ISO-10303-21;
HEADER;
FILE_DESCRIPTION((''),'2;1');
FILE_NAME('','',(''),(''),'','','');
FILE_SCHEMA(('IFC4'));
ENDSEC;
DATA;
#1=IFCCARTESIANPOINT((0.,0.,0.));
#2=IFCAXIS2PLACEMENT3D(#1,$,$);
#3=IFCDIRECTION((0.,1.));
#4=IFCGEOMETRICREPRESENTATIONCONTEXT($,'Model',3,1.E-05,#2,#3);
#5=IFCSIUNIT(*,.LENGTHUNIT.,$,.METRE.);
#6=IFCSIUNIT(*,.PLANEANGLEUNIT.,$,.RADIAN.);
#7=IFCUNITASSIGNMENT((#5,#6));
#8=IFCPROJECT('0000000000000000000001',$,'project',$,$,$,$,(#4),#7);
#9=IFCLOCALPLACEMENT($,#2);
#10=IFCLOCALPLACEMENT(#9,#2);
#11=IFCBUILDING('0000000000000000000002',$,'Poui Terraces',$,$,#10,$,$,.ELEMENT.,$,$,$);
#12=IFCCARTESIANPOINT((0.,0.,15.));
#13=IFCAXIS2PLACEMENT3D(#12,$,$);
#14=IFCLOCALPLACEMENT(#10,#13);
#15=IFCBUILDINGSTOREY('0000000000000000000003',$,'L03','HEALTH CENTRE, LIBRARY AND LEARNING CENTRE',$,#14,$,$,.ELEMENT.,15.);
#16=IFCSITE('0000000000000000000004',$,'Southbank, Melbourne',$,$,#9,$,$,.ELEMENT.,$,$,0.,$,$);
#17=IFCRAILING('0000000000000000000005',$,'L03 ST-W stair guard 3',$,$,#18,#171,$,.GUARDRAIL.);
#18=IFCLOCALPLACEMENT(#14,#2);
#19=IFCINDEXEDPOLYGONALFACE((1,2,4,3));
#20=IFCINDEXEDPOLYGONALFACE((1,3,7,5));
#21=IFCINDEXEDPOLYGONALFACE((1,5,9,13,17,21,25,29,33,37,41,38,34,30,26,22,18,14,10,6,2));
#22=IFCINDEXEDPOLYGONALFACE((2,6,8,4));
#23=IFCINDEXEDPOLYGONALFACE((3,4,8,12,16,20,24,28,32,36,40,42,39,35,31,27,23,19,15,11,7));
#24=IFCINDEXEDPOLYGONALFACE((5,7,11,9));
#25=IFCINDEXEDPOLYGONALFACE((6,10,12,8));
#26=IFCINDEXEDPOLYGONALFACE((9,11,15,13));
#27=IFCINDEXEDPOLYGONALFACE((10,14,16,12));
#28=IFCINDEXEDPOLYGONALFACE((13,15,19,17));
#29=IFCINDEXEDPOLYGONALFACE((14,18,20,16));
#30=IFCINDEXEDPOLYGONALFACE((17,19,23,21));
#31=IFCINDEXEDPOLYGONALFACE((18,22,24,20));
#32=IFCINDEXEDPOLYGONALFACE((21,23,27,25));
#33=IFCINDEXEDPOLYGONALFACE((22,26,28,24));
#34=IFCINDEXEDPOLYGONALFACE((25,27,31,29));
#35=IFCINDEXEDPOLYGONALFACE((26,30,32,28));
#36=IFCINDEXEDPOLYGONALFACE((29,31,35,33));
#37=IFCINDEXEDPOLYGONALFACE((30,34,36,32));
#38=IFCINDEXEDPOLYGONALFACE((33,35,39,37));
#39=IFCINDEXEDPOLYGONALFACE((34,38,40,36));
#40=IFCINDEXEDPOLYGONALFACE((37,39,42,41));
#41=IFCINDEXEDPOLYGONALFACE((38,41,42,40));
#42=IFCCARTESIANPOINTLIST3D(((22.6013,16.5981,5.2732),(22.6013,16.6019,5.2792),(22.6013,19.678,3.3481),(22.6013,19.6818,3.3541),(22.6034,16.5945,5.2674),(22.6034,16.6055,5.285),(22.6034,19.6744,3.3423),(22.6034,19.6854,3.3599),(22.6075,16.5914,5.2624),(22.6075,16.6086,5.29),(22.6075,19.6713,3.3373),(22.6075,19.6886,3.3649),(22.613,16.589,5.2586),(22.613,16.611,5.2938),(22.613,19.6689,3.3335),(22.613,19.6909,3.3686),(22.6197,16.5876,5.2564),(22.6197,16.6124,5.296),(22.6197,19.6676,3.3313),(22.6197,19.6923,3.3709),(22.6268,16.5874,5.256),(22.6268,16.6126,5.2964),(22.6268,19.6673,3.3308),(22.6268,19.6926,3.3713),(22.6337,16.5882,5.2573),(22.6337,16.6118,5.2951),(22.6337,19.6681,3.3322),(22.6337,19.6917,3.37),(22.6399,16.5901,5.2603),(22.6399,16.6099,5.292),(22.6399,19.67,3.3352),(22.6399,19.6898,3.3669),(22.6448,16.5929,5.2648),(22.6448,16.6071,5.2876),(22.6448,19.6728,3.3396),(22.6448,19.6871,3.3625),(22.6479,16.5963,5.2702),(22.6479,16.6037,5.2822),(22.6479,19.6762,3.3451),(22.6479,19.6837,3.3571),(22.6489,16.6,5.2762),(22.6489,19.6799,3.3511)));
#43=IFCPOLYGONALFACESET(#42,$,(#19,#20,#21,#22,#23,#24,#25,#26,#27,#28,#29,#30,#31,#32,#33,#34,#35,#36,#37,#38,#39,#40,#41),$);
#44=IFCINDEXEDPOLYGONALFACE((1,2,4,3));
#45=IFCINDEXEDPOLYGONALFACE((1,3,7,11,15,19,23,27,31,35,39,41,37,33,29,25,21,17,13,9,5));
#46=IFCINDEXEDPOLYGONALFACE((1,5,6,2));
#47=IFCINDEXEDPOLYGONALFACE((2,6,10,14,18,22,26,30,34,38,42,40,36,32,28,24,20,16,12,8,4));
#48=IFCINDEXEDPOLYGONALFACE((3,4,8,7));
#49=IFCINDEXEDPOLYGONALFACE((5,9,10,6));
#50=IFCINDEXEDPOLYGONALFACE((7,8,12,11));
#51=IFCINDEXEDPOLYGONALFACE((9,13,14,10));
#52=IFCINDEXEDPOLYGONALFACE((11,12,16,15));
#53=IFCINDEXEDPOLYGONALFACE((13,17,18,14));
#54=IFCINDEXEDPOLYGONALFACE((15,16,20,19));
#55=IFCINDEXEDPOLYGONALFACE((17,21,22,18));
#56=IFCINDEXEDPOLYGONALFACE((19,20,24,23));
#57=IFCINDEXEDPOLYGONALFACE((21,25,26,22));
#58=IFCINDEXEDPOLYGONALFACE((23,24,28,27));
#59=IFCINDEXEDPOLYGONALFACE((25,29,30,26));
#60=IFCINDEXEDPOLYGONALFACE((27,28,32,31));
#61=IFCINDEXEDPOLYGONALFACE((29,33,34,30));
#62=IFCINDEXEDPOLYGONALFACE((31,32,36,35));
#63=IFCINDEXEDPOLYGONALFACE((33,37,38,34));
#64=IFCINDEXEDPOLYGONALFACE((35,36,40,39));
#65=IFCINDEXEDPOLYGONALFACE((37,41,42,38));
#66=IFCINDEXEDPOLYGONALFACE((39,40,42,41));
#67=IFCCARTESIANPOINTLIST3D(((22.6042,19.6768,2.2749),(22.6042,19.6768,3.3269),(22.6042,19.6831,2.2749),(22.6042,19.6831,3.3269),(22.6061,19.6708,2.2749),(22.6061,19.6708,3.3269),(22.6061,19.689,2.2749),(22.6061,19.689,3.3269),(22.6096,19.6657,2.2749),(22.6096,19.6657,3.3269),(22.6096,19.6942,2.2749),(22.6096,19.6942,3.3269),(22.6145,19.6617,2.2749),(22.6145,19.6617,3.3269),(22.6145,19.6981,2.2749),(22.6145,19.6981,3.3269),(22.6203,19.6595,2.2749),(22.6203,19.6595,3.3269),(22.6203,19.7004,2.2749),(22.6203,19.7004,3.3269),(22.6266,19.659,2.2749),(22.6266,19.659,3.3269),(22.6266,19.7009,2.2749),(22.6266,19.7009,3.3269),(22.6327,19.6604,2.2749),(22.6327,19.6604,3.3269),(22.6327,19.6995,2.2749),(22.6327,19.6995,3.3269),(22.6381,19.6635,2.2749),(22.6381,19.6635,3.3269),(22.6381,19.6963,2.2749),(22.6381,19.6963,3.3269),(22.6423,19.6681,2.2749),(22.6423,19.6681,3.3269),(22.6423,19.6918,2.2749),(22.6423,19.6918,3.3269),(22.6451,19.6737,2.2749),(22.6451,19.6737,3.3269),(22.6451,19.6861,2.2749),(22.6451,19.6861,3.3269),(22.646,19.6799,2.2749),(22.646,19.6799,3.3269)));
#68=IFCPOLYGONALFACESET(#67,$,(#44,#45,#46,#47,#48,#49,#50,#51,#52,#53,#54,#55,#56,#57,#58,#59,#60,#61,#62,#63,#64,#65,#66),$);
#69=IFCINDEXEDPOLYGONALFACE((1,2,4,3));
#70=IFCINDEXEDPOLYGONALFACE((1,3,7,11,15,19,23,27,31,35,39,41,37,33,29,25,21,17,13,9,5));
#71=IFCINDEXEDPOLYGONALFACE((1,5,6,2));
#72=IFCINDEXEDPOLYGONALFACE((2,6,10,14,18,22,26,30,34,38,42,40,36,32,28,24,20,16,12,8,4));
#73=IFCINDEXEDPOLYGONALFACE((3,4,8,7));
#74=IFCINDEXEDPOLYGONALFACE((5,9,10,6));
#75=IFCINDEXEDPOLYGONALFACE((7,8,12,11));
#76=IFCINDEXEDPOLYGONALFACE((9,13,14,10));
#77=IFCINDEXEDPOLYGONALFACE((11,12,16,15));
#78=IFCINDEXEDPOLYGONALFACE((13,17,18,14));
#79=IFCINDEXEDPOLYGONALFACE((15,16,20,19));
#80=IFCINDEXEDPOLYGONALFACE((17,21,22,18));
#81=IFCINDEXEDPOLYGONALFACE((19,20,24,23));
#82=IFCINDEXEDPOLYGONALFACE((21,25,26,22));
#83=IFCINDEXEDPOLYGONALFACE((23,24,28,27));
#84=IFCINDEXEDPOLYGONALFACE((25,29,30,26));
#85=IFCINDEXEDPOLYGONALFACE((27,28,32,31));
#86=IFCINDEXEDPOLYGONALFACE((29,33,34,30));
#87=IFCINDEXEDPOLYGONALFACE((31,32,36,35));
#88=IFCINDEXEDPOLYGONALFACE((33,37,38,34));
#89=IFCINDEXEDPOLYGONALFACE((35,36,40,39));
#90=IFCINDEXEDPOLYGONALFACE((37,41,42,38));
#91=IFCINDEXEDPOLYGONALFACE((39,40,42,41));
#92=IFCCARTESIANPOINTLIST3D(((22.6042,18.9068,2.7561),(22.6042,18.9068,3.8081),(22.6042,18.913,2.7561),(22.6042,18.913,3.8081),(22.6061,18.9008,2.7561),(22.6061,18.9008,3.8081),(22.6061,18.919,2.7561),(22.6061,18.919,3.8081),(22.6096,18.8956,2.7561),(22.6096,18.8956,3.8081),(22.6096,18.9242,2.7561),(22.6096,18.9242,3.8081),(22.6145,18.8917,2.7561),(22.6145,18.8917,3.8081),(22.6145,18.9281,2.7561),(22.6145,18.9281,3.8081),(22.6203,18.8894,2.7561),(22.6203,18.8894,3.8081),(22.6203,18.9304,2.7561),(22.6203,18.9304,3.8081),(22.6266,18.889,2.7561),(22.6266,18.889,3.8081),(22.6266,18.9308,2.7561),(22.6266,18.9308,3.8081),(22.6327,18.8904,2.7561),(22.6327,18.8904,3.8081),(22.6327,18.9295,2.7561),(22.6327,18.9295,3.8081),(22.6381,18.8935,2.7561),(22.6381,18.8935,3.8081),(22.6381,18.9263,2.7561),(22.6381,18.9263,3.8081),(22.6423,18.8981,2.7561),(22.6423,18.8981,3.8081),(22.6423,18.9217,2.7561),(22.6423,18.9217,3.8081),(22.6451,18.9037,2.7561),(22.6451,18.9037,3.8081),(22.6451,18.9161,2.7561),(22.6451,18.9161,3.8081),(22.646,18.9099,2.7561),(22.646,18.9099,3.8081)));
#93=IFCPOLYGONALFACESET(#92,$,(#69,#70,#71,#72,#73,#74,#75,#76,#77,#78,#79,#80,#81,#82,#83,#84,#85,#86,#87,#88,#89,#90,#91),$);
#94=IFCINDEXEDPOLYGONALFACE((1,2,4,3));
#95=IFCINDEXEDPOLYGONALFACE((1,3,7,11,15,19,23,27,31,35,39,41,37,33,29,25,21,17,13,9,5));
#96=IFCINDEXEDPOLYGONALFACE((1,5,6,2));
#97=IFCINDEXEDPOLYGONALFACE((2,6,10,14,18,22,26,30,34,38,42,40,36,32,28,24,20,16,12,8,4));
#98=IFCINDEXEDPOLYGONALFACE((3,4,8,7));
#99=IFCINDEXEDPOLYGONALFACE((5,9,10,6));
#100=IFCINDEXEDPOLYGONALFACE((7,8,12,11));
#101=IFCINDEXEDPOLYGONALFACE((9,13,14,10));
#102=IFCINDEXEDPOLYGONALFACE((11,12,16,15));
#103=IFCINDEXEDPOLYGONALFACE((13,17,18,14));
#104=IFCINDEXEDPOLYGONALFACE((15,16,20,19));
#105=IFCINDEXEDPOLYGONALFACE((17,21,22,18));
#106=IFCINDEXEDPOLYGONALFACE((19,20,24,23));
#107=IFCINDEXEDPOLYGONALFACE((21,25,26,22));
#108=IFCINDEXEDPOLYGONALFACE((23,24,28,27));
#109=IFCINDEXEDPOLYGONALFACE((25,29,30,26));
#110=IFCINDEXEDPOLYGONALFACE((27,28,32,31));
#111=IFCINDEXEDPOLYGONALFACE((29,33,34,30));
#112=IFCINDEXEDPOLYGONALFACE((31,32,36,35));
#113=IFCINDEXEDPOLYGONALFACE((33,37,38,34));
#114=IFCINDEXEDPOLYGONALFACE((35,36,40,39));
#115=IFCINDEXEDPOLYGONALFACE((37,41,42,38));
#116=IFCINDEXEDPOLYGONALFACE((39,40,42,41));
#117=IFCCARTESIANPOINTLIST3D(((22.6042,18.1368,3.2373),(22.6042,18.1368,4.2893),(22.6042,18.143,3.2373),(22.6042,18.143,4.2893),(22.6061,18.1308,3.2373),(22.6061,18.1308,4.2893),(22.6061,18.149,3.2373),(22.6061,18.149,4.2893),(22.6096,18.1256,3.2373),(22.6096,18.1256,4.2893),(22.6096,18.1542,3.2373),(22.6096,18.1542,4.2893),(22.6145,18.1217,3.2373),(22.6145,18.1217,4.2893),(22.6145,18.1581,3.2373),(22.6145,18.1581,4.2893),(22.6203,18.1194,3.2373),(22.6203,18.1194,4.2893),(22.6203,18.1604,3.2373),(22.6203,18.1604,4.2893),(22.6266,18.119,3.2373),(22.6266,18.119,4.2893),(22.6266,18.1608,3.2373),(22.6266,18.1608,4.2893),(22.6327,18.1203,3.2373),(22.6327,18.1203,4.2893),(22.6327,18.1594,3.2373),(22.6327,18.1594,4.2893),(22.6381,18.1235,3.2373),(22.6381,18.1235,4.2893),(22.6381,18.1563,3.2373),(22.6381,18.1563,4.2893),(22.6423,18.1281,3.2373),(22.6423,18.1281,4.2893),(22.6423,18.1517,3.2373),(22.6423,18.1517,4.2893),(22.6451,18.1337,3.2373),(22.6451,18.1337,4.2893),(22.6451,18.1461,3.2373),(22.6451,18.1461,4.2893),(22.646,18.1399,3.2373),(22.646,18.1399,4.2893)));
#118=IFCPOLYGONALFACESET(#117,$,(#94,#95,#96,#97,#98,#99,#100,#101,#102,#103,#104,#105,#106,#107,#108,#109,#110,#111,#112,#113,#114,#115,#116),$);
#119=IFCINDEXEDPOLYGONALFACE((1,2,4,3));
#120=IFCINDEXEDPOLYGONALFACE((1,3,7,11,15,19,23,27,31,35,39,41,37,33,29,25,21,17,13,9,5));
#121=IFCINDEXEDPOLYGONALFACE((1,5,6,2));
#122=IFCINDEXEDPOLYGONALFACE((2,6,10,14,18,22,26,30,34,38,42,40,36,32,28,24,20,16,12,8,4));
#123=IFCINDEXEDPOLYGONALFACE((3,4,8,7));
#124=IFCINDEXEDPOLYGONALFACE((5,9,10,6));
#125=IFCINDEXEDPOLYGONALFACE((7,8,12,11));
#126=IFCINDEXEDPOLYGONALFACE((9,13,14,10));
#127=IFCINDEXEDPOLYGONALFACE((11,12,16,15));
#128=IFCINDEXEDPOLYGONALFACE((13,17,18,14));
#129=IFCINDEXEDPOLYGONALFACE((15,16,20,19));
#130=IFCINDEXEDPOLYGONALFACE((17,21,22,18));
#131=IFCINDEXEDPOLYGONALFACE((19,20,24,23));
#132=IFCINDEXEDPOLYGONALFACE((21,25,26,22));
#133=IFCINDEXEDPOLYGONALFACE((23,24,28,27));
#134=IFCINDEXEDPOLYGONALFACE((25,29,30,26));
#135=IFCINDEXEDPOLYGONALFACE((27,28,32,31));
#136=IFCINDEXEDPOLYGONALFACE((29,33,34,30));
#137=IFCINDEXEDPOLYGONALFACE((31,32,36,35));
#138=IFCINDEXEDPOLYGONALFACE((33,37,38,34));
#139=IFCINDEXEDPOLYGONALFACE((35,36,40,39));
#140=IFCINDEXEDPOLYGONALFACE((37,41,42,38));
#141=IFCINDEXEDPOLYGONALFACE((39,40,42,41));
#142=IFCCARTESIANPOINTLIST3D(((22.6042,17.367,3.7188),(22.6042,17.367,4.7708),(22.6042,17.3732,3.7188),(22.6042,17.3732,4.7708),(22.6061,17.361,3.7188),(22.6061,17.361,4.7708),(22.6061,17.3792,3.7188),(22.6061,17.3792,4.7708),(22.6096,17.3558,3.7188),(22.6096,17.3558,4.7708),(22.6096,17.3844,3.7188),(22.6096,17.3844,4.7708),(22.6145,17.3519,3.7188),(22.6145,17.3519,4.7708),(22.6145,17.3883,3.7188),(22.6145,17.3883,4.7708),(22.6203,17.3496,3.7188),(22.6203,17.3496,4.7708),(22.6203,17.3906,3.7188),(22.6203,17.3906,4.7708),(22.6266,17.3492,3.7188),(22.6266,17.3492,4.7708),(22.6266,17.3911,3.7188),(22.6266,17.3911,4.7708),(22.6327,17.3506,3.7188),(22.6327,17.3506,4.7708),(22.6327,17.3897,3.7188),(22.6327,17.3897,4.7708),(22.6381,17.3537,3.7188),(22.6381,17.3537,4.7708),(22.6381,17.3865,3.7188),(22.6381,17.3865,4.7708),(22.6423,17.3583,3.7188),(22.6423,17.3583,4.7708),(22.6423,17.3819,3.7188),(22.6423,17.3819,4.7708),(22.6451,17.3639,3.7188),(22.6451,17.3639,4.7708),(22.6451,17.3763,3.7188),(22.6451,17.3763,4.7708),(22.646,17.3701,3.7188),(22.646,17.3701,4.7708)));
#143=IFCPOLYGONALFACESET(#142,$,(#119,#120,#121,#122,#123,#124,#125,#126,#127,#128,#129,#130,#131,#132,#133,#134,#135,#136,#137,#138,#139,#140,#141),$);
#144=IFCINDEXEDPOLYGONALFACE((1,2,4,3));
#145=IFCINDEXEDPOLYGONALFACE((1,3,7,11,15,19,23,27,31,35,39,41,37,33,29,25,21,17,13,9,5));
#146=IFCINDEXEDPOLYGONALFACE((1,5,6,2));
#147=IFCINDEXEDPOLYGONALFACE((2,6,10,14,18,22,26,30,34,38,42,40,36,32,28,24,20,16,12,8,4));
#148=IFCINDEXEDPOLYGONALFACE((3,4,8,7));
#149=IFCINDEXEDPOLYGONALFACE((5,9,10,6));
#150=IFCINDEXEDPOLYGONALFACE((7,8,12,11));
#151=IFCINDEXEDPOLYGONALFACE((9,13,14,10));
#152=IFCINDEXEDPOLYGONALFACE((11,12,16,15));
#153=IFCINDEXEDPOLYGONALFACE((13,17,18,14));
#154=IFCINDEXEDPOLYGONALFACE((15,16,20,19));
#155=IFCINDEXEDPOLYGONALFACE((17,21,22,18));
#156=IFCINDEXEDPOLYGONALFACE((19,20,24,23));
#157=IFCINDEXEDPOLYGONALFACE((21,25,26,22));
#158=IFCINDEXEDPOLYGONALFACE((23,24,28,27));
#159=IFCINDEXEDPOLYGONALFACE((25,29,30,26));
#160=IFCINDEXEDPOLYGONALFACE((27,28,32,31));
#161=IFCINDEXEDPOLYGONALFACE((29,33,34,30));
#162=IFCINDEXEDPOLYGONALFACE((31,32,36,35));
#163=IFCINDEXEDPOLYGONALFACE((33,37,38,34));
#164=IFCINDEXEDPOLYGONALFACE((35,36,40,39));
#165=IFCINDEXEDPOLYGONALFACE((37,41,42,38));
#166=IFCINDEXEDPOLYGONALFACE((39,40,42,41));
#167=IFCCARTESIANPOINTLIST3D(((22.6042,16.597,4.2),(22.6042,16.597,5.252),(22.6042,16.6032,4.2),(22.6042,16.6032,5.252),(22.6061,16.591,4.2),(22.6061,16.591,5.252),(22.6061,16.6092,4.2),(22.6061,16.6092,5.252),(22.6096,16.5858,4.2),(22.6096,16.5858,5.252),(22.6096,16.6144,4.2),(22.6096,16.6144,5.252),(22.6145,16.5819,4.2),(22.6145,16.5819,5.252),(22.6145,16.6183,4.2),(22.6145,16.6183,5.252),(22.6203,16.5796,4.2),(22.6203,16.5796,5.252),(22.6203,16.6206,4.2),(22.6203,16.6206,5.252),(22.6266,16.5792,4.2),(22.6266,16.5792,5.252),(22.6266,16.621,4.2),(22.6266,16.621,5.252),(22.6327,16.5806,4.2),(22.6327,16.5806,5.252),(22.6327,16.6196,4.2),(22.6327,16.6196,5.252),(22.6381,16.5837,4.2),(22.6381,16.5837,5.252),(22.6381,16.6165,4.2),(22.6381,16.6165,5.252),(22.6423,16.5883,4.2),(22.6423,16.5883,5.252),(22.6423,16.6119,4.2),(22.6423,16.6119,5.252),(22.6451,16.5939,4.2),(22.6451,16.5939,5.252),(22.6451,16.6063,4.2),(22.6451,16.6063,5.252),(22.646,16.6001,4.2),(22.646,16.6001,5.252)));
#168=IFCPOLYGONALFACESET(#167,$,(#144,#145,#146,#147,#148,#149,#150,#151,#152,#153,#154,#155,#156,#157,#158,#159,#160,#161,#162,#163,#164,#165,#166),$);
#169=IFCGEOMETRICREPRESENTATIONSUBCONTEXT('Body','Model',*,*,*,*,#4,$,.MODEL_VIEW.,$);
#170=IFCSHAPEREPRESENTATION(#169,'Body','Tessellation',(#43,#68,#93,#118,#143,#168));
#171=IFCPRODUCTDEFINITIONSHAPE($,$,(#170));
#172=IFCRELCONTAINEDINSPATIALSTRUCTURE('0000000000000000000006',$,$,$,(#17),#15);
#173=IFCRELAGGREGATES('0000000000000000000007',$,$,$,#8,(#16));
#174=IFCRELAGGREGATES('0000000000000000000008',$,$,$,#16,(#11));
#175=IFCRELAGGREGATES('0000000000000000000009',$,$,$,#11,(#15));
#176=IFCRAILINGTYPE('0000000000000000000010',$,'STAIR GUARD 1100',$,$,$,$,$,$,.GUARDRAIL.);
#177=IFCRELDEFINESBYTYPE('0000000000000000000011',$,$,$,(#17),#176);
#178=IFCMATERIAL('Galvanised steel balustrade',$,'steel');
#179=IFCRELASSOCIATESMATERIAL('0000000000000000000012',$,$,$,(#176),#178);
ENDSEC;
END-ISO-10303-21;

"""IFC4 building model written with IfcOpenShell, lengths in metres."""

from ifc_helpers import new_model, si_unit, direction, frame, origin, origin_2d, place, context, subcontext, project, spatial, circle, extrude, material, type_object, element, save


model = new_model("IFC4")

# Units and contexts
model_context = context("Model", 3, precision=1e-05, world=origin(), true_north=direction((0.0, 1.0)))
body_context = subcontext(model_context, "Body", "Model", "MODEL_VIEW")
ifc_project = project(units=[si_unit("LENGTHUNIT", "METRE"), si_unit("PLANEANGLEUNIT", "RADIAN")], contexts=[model_context])

# Site, building, storey
site_placement = place(None, origin())
site = spatial("IfcSite", under=ifc_project, at=site_placement, Name="Southbank, Melbourne", CompositionType="ELEMENT", RefElevation=0.0)
building_placement = place(site_placement, origin())
building = spatial("IfcBuilding", under=site, at=building_placement, Name="Poui Terraces", CompositionType="ELEMENT")
storey_placement = place(building_placement, frame((0.0, 0.0, 15.0)))
storey = spatial("IfcBuildingStorey", under=building, at=storey_placement, Name="L03", Description="HEALTH CENTRE, LIBRARY AND LEARNING CENTRE", CompositionType="ELEMENT", Elevation=15.0)

# Railing
ifc_material_1 = material(Name="Galvanised steel balustrade", Category="steel")
railing_type = type_object("IfcRailingType", Name="STAIR GUARD 1100", PredefinedType="GUARDRAIL", material=ifc_material_1)
railing_1_placement = place(storey_placement, frame((22.625, 19.6799, 2.2749)))
element("IfcRailing", 1, at=railing_1_placement, inside=storey, type_object=railing_type, Name="L03 ST-W stair guard 3", PredefinedType="GUARDRAIL", context=body_context, shape_type="SweptSolid", body=[
    extrude(circle(Radius=0.0239, at=origin_2d()), frame((0.0, 0.0, 1.0762), z_axis=(0.0, -0.847979, 0.530029), x_axis=(1.0, 0.0, 0.0)), (0.0, 0.0, 1.0), 3.6321),
    extrude(circle(Radius=0.021, at=origin_2d()), origin(), (0.0, 0.0, 1.0), 1.052),
    extrude(circle(Radius=0.021, at=origin_2d()), frame((0.0, -0.77, 0.4812)), (0.0, 0.0, 1.0), 1.052),
    extrude(circle(Radius=0.021, at=origin_2d()), frame((0.0, -1.54, 0.9624)), (0.0, 0.0, 1.0), 1.052),
    extrude(circle(Radius=0.021, at=origin_2d()), frame((0.0, -2.3098, 1.4438)), (0.0, 0.0, 1.0), 1.052),
    extrude(circle(Radius=0.021, at=origin_2d()), frame((0.0, -3.0798, 1.925)), (0.0, 0.0, 1.0), 1.052),
])

save(model, "model.ifc")
